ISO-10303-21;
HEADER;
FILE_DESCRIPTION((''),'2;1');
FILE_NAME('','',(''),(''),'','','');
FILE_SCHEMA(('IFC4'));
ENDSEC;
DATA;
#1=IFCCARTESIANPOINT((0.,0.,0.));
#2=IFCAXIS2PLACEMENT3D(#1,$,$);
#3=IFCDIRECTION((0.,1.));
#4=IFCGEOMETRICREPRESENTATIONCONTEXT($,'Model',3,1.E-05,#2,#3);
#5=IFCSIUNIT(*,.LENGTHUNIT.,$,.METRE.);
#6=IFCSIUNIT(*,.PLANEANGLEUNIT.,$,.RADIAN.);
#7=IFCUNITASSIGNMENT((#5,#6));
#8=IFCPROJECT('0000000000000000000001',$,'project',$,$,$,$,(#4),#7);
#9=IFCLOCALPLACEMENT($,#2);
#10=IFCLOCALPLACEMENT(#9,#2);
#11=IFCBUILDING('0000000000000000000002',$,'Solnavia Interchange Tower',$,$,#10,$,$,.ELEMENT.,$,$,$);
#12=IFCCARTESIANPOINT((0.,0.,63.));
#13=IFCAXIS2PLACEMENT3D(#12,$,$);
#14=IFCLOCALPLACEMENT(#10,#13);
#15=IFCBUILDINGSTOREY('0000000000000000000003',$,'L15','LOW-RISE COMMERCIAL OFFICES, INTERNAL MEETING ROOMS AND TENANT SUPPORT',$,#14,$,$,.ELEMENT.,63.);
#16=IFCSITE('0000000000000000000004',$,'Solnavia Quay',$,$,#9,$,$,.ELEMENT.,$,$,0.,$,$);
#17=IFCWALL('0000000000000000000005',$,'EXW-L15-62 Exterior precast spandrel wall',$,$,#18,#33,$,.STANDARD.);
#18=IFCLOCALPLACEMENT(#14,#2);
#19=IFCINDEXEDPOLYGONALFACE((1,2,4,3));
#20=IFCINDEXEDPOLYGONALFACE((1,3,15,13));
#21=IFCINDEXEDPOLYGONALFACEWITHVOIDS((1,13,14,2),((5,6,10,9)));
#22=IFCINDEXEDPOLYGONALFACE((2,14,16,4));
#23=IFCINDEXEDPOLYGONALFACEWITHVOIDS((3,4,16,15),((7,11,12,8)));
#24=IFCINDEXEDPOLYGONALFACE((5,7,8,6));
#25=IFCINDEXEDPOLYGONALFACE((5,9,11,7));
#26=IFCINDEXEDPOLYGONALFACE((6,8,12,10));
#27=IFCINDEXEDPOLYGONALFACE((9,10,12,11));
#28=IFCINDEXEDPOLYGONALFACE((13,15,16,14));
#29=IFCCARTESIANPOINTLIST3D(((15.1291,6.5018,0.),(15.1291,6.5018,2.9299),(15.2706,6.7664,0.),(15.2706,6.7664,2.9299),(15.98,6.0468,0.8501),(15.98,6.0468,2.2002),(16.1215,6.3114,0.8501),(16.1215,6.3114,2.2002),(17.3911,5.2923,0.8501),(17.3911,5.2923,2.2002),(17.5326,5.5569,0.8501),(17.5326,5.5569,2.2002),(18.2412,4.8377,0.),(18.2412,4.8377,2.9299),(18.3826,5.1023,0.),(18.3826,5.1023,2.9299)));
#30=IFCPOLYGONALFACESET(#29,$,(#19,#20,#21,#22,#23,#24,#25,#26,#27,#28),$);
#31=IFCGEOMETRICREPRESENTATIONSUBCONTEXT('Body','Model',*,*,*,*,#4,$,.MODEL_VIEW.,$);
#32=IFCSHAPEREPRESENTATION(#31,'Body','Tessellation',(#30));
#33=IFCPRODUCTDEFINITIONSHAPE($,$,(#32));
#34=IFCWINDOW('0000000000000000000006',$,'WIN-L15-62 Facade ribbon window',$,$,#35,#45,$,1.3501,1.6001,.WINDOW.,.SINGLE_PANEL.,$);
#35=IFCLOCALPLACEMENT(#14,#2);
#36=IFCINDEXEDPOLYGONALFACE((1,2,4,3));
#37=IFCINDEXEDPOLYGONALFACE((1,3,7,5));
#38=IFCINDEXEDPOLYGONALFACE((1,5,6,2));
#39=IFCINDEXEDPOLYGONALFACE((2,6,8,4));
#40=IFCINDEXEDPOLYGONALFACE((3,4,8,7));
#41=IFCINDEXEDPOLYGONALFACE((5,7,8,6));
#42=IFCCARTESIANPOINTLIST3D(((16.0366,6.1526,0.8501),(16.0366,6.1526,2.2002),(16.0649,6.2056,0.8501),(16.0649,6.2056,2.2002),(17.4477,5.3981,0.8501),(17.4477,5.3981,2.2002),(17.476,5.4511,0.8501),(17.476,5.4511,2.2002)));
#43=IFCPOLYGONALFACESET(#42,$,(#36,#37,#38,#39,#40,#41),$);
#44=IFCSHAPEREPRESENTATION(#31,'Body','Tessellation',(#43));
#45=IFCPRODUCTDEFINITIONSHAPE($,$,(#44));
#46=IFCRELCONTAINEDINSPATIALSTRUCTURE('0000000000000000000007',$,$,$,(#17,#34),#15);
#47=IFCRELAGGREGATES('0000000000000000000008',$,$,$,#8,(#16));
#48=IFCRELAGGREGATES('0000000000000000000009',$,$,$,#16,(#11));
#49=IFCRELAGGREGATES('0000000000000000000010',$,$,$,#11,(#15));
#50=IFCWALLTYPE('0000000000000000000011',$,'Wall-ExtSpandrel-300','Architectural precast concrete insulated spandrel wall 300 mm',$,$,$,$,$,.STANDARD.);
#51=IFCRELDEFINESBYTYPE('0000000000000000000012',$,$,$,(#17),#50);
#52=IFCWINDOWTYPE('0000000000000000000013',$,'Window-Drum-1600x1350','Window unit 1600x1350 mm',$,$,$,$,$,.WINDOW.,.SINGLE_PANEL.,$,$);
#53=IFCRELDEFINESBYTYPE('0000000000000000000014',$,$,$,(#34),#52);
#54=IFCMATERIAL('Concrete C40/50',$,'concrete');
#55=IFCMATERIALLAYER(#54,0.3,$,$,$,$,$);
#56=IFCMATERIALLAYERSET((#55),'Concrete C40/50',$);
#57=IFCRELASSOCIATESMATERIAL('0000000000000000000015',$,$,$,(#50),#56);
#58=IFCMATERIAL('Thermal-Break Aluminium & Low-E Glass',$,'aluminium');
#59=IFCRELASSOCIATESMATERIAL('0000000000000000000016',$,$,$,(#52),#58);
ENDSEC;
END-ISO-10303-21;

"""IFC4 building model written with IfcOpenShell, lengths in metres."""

from ifc_helpers import new_model, si_unit, direction, frame, frame_2d, origin, place, context, subcontext, project, spatial, rectangle, extrude, material, layer, layer_set, type_object, element, fill, save


model = new_model("IFC4")

# Units and contexts
model_context = context("Model", 3, precision=1e-05, world=origin(), true_north=direction((0.0, 1.0)))
body_context = subcontext(model_context, "Body", "Model", "MODEL_VIEW")
ifc_project = project(units=[si_unit("LENGTHUNIT", "METRE"), si_unit("PLANEANGLEUNIT", "RADIAN")], contexts=[model_context])

# Site, building, storey
site_placement = place(None, origin())
site = spatial("IfcSite", under=ifc_project, at=site_placement, Name="Solnavia Quay", CompositionType="ELEMENT", RefElevation=0.0)
building_placement = place(site_placement, origin())
building = spatial("IfcBuilding", under=site, at=building_placement, Name="Solnavia Interchange Tower", CompositionType="ELEMENT")
storey_placement = place(building_placement, frame((0.0, 0.0, 63.0)))
storey = spatial("IfcBuildingStorey", under=building, at=storey_placement, Name="L15", Description="LOW-RISE COMMERCIAL OFFICES, INTERNAL MEETING ROOMS AND TENANT SUPPORT", CompositionType="ELEMENT", Elevation=63.0)

# Wall, opening, window
ifc_material_1 = material(Name="Concrete C40/50", Category="concrete")
ifc_layer_1 = layer(ifc_material_1, 0.3)
ifc_layer_set_1 = layer_set([ifc_layer_1], Name="Concrete C40/50")
wall_type = type_object("IfcWallType", Name="Wall-ExtSpandrel-300", Description="Architectural precast concrete insulated spandrel wall 300 mm", PredefinedType="STANDARD", material=ifc_layer_set_1)
wall_placement = place(storey_placement, frame((18.312, 4.97, 0.0), z_axis=(0.0, 0.0, 1.0), x_axis=(-0.881847, 0.471536, 0.0)))
wall = element("IfcWall", 1, at=wall_placement, inside=storey, type_object=wall_type, Name="EXW-L15-62 Exterior precast spandrel wall", PredefinedType="STANDARD", context=body_context, shape_type="SweptSolid", body=[
    extrude(rectangle(XDim=3.5291, YDim=0.3, at=frame_2d((1.7646, 0.0))), origin(), (0.0, 0.0, 1.0), 2.9299),
])
opening_placement = place(wall_placement, frame((0.9641, 0.0, 0.8501)))
opening = element("IfcOpeningElement", 2, at=opening_placement, cuts=wall, PredefinedType="OPENING", context=body_context, shape_type="SweptSolid", body=[
    extrude(rectangle(XDim=1.6001, YDim=1.3501, at=frame_2d((0.8, 0.675))), frame((0.0, 0.1602, 0.0), z_axis=(0.0, -1.0, 0.0), x_axis=(1.0, 0.0, 0.0)), (0.0, 0.0, 1.0), 0.3201),
])
ifc_material_2 = material(Name="Thermal-Break Aluminium & Low-E Glass", Category="aluminium")
window_type = type_object("IfcWindowType", Name="Window-Drum-1600x1350", Description="Window unit 1600x1350 mm", PartitioningType="SINGLE_PANEL", PredefinedType="WINDOW", material=ifc_material_2)
window_placement = place(opening_placement, origin())
window = element("IfcWindow", 3, at=window_placement, inside=storey, type_object=window_type, Name="WIN-L15-62 Facade ribbon window", OverallHeight=1.3501, OverallWidth=1.6001, PartitioningType="SINGLE_PANEL", PredefinedType="WINDOW", context=body_context, shape_type="SweptSolid", body=[
    extrude(rectangle(XDim=1.6001, YDim=1.3501, at=frame_2d((0.8, 0.675))), frame((0.0, 0.03, 0.0), z_axis=(0.0, -1.0, 0.0), x_axis=(1.0, 0.0, 0.0)), (0.0, 0.0, 1.0), 0.0601),
])
fill(opening, window)

save(model, "model.ifc")
